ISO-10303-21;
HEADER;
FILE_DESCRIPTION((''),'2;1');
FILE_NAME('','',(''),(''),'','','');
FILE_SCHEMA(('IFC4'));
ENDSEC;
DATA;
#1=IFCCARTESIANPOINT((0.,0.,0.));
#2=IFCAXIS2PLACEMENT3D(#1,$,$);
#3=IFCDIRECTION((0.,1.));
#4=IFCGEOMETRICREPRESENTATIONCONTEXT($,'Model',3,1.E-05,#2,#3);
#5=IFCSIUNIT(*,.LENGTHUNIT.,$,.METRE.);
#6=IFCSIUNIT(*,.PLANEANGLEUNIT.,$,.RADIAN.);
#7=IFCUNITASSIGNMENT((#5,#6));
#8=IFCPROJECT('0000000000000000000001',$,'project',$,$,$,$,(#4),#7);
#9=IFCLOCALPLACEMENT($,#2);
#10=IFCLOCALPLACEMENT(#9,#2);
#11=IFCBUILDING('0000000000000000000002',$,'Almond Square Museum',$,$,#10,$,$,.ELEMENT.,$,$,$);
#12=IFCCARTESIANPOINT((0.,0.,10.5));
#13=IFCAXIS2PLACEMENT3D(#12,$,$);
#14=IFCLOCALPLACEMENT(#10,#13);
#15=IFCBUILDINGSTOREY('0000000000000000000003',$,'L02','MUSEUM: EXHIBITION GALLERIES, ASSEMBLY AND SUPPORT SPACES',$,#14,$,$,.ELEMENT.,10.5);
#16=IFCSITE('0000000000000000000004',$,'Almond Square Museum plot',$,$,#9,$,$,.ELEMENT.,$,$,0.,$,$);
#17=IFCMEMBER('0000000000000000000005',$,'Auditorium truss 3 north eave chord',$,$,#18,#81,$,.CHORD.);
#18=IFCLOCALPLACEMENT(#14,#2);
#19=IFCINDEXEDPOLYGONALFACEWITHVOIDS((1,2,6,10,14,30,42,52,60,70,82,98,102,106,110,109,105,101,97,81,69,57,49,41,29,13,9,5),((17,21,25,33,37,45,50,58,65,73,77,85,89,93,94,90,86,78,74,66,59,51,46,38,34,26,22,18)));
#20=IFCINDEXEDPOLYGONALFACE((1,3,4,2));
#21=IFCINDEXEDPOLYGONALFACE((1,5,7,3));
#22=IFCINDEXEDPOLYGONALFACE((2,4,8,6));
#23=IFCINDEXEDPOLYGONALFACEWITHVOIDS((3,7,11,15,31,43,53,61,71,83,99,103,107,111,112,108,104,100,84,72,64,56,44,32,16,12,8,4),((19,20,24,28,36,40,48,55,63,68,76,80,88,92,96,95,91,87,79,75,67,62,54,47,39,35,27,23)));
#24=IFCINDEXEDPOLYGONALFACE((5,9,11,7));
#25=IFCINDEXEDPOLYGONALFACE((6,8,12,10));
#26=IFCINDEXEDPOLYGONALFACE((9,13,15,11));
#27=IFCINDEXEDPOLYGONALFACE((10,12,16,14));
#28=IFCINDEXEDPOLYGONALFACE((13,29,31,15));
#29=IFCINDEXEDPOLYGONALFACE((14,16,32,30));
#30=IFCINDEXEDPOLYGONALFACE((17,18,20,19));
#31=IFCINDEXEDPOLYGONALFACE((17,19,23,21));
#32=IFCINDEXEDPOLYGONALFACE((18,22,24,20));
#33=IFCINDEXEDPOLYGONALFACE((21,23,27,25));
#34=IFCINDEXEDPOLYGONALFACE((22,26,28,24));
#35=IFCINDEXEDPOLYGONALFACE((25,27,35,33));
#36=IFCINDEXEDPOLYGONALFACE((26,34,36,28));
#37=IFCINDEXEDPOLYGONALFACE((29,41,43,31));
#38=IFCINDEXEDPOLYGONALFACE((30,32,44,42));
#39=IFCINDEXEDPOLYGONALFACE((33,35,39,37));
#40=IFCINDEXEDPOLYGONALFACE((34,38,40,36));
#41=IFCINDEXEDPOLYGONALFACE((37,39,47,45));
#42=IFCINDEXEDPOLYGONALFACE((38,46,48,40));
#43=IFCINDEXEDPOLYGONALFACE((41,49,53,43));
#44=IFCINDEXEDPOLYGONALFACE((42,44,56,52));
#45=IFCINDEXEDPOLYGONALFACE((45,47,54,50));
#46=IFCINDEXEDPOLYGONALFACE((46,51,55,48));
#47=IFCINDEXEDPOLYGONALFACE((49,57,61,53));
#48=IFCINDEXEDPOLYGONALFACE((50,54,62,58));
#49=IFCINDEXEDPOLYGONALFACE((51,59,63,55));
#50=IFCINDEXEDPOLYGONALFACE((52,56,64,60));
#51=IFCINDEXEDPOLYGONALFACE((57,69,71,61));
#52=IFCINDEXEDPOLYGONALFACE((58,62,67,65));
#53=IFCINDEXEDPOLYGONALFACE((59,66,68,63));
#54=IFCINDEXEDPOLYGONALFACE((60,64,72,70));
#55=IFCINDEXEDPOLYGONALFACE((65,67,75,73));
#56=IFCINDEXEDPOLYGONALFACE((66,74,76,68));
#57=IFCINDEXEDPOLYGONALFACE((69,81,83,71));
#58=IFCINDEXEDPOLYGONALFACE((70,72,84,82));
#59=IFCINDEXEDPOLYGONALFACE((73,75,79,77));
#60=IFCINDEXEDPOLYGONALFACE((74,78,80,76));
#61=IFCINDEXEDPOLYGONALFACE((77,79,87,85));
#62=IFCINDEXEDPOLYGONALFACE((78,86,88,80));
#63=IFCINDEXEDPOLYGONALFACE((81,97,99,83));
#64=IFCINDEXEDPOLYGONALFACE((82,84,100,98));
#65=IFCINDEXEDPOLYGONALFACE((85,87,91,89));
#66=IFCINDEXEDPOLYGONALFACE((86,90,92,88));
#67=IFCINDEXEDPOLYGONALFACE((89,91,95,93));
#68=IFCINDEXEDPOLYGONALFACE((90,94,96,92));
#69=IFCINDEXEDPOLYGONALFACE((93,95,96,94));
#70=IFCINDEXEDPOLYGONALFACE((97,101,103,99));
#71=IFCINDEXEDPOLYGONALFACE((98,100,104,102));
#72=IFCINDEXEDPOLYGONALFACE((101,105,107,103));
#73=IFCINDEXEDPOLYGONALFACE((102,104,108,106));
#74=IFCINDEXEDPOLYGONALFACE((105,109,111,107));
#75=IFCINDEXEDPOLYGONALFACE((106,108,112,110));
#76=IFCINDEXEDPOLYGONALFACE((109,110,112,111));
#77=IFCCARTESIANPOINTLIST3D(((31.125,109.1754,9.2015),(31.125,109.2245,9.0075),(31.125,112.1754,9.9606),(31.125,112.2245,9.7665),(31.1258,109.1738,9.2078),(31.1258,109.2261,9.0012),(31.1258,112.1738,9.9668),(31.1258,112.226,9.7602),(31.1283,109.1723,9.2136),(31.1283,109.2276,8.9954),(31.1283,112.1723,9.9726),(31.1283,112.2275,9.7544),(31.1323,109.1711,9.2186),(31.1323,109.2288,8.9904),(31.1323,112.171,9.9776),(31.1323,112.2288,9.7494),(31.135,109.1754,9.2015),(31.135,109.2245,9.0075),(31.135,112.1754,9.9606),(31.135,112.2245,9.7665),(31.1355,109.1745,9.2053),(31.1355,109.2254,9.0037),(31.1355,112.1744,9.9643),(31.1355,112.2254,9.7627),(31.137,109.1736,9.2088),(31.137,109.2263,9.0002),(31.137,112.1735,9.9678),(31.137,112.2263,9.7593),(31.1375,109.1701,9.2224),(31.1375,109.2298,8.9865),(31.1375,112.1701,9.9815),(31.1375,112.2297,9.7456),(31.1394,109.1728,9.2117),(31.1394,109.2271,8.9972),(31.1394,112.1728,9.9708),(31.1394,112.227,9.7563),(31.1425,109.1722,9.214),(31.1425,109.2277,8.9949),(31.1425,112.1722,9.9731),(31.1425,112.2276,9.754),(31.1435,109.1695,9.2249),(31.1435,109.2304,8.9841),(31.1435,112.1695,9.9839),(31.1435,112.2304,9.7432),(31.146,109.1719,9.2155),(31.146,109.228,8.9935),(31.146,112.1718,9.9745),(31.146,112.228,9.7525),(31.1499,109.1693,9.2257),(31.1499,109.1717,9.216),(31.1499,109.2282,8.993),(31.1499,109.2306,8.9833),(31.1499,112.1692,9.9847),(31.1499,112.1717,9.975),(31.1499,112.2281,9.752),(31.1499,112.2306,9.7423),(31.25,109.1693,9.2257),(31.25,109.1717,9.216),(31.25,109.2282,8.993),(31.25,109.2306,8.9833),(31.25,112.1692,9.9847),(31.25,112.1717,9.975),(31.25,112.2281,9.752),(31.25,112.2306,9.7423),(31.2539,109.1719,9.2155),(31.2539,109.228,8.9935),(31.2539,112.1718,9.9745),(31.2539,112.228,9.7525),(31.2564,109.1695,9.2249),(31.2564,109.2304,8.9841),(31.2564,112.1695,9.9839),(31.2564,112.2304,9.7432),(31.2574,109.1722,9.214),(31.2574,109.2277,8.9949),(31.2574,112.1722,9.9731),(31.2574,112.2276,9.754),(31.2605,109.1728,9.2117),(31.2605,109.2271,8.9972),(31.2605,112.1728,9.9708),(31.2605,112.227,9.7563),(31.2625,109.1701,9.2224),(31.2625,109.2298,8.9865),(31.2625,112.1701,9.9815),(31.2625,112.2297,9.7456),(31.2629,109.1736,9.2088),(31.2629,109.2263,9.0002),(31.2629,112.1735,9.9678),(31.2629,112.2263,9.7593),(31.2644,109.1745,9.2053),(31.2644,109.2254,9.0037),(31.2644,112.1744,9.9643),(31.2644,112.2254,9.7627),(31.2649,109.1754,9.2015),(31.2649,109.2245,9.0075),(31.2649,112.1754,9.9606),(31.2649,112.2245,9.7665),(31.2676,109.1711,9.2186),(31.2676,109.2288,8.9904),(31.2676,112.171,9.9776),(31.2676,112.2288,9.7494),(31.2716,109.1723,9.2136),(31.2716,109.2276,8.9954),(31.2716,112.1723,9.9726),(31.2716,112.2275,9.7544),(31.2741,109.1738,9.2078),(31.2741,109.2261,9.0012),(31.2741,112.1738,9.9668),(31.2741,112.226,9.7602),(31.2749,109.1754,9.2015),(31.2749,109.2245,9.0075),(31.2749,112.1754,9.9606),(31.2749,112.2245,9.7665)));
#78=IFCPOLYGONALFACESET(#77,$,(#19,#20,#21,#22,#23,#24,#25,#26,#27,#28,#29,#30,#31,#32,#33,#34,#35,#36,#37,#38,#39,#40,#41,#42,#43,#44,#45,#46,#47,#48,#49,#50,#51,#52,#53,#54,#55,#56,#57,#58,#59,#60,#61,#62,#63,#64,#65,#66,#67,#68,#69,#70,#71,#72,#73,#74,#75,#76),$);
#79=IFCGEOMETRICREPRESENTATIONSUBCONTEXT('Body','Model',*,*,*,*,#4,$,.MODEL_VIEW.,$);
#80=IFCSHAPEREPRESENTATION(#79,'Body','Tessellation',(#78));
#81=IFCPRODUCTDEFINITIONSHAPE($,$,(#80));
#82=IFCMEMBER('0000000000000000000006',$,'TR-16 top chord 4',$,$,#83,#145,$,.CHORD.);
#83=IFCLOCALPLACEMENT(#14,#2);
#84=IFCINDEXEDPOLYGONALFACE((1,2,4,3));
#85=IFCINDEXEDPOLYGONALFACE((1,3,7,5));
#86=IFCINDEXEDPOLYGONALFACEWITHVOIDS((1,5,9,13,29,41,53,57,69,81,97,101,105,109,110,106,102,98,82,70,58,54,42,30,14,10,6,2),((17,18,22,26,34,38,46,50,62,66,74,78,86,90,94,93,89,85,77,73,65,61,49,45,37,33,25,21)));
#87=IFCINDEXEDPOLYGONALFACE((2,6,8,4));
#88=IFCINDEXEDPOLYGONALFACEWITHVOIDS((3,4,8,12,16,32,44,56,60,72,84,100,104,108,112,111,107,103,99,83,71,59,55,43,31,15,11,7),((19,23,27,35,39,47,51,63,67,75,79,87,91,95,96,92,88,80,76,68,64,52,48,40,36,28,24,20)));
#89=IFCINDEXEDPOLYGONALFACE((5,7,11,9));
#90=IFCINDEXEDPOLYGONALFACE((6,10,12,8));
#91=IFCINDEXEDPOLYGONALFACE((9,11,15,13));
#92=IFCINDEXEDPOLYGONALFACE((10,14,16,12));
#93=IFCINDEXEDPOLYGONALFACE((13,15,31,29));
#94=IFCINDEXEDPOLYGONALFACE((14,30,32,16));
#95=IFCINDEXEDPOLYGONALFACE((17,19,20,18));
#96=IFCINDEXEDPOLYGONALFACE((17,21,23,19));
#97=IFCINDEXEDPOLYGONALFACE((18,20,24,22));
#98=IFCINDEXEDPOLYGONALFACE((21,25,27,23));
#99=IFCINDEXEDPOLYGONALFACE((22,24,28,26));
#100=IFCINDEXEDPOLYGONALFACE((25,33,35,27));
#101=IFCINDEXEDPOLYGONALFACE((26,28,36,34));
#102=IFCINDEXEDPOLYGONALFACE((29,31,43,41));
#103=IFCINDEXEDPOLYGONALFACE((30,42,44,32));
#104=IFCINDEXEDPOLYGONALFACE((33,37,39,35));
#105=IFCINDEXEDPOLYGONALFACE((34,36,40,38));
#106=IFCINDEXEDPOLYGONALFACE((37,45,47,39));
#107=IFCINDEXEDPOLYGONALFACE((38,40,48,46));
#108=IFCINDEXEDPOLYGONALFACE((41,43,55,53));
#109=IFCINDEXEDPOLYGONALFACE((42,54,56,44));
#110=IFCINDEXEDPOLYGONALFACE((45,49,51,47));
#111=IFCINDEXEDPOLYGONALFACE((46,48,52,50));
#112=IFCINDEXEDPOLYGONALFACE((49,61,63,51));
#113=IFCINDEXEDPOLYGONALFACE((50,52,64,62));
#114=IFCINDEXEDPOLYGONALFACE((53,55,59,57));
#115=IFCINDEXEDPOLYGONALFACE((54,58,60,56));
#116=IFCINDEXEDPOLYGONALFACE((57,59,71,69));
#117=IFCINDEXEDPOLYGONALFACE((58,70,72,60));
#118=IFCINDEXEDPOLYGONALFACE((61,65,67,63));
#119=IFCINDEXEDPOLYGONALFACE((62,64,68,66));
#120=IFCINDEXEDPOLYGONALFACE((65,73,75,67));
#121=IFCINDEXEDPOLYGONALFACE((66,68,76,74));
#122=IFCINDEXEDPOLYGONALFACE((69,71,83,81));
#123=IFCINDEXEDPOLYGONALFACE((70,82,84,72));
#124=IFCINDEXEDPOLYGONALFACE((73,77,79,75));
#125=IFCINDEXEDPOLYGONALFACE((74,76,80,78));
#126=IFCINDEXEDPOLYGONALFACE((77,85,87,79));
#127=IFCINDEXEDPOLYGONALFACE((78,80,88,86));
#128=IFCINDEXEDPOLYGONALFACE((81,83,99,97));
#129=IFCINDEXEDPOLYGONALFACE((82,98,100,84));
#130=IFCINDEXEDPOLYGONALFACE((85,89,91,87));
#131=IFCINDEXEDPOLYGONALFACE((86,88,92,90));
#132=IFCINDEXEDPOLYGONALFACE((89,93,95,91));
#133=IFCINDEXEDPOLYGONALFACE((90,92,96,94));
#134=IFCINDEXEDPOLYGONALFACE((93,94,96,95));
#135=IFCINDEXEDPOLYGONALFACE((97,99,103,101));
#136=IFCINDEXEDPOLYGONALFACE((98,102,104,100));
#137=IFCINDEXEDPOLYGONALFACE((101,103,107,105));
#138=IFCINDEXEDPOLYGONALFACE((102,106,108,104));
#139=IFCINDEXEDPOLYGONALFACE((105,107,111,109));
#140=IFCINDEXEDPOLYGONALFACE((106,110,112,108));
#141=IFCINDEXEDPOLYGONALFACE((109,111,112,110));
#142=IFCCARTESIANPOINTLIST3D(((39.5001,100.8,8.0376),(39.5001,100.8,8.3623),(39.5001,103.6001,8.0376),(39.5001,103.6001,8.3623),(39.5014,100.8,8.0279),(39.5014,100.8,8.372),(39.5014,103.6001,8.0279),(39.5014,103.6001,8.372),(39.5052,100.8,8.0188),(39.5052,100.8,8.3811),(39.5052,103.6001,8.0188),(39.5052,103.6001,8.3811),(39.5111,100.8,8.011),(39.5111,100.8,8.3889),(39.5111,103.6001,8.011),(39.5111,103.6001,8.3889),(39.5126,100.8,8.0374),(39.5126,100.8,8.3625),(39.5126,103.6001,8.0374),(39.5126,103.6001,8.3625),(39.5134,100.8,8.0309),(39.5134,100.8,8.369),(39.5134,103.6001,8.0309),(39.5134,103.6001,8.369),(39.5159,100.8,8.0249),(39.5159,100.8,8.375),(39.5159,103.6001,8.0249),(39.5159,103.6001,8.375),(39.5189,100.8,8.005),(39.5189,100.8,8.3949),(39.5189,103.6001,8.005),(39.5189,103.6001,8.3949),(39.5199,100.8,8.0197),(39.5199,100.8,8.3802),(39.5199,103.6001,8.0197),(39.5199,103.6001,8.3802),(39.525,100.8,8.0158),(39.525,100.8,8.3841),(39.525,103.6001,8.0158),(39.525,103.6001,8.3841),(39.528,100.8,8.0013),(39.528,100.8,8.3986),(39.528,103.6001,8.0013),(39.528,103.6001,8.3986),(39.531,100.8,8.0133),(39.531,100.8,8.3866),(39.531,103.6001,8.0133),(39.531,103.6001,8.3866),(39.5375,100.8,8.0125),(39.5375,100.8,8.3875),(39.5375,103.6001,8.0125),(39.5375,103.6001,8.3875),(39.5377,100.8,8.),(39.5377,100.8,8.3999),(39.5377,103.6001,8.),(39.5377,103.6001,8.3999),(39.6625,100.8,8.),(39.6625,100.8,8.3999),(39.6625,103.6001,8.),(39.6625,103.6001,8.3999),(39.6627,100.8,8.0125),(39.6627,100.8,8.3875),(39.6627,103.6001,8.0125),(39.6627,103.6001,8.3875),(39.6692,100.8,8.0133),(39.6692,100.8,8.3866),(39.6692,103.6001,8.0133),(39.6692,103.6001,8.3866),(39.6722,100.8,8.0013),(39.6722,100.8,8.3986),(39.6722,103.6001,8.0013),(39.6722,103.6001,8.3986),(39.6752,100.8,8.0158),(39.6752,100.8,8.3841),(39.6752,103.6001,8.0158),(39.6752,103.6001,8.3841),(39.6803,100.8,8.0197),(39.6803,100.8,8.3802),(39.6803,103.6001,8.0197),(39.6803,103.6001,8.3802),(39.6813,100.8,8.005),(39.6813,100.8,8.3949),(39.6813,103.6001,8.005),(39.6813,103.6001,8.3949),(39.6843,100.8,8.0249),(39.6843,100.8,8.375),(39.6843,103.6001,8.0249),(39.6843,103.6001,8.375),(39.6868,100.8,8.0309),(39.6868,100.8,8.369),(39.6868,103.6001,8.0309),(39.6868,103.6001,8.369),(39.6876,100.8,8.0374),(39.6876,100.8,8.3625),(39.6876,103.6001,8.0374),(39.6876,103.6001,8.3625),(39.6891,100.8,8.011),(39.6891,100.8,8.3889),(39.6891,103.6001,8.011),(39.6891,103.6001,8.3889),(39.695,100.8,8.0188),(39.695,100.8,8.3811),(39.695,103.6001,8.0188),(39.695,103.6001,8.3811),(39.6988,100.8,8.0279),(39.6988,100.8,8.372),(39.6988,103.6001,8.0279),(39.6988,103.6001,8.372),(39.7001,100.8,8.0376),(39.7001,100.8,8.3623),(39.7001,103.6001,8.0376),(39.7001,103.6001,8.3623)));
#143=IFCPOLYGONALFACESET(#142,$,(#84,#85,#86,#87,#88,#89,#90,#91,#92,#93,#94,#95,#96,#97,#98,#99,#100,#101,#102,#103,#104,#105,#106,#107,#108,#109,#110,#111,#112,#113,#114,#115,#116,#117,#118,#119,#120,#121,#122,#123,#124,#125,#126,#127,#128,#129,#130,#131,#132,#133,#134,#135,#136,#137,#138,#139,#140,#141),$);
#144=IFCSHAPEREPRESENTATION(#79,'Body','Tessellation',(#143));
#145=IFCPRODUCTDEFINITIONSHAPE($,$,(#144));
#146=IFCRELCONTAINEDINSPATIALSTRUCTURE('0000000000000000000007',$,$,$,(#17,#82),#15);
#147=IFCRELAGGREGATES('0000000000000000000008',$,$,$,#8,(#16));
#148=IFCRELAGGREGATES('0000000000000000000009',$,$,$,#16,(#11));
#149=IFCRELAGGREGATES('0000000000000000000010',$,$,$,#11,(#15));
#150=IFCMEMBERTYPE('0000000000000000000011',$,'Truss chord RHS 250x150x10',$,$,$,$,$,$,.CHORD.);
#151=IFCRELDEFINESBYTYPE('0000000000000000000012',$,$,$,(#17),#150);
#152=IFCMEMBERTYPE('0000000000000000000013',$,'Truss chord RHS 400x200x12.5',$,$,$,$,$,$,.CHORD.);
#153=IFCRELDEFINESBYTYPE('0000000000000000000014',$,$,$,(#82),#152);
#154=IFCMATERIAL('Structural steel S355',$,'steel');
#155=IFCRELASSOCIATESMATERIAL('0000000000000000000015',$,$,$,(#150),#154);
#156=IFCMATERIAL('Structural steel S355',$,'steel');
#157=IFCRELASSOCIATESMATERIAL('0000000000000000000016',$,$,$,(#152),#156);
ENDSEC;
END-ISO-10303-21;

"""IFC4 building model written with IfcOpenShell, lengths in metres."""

from ifc_helpers import new_model, si_unit, direction, frame, origin, origin_2d, place, context, subcontext, project, spatial, hollow_rectangle, extrude, material, material_profile, profile_set, type_object, element, save


model = new_model("IFC4")

# Units and contexts
model_context = context("Model", 3, precision=1e-05, world=origin(), true_north=direction((0.0, 1.0)))
body_context = subcontext(model_context, "Body", "Model", "MODEL_VIEW")
ifc_project = project(units=[si_unit("LENGTHUNIT", "METRE"), si_unit("PLANEANGLEUNIT", "RADIAN")], contexts=[model_context])

# Site, building, storey
site_placement = place(None, origin())
site = spatial("IfcSite", under=ifc_project, at=site_placement, Name="Almond Square Museum plot", CompositionType="ELEMENT", RefElevation=0.0)
building_placement = place(site_placement, origin())
building = spatial("IfcBuilding", under=site, at=building_placement, Name="Almond Square Museum", CompositionType="ELEMENT")
storey_placement = place(building_placement, frame((0.0, 0.0, 10.5)))
storey = spatial("IfcBuildingStorey", under=building, at=storey_placement, Name="L02", Description="MUSEUM: EXHIBITION GALLERIES, ASSEMBLY AND SUPPORT SPACES", CompositionType="ELEMENT", Elevation=10.5)

# Members
ifc_material_1 = material(Name="Structural steel S355", Category="steel")
ifc_material_profile_1 = material_profile(ifc_material_1, hollow_rectangle(XDim=0.1499, YDim=0.25, WallThickness=0.01, InnerFilletRadius=0.0149, OuterFilletRadius=0.0249, at=origin_2d()))
ifc_profile_set_1 = profile_set([ifc_material_profile_1], Name="Structural steel S355")
member_type_1 = type_object("IfcMemberType", Name="Truss chord RHS 250x150x10", PredefinedType="CHORD", material=ifc_profile_set_1)
member_1_placement = place(storey_placement, frame((31.2, 109.2, 9.1045), z_axis=(0.0, 0.969452, 0.245282), x_axis=(-1.0, 0.0, 0.0)))
element("IfcMember", 1, at=member_1_placement, inside=storey, type_object=member_type_1, Name="Auditorium truss 3 north eave chord", PredefinedType="CHORD", context=body_context, shape_type="SweptSolid", body=[
    extrude(hollow_rectangle(XDim=0.1499, YDim=0.25, WallThickness=0.01, InnerFilletRadius=0.0149, OuterFilletRadius=0.0249, at=origin_2d()), origin(), (0.0, 0.0, 1.0), 3.0945),
])
ifc_material_2 = material(Name="Structural steel S355", Category="steel")
ifc_material_profile_2 = material_profile(ifc_material_2, hollow_rectangle(XDim=0.2, YDim=0.3999, WallThickness=0.0125, InnerFilletRadius=0.0249, OuterFilletRadius=0.0376, at=origin_2d()))
ifc_profile_set_2 = profile_set([ifc_material_profile_2], Name="Structural steel S355")
member_type_2 = type_object("IfcMemberType", Name="Truss chord RHS 400x200x12.5", PredefinedType="CHORD", material=ifc_profile_set_2)
member_2_placement = place(storey_placement, frame((39.6001, 100.8, 8.2), z_axis=(0.0, 1.0, 0.0), x_axis=(-1.0, 0.0, 0.0)))
element("IfcMember", 2, at=member_2_placement, inside=storey, type_object=member_type_2, Name="TR-16 top chord 4", PredefinedType="CHORD", context=body_context, shape_type="SweptSolid", body=[
    extrude(hollow_rectangle(XDim=0.2, YDim=0.3999, WallThickness=0.0125, InnerFilletRadius=0.0249, OuterFilletRadius=0.0376, at=origin_2d()), origin(), (0.0, 0.0, 1.0), 2.8),
])

save(model, "model.ifc")
